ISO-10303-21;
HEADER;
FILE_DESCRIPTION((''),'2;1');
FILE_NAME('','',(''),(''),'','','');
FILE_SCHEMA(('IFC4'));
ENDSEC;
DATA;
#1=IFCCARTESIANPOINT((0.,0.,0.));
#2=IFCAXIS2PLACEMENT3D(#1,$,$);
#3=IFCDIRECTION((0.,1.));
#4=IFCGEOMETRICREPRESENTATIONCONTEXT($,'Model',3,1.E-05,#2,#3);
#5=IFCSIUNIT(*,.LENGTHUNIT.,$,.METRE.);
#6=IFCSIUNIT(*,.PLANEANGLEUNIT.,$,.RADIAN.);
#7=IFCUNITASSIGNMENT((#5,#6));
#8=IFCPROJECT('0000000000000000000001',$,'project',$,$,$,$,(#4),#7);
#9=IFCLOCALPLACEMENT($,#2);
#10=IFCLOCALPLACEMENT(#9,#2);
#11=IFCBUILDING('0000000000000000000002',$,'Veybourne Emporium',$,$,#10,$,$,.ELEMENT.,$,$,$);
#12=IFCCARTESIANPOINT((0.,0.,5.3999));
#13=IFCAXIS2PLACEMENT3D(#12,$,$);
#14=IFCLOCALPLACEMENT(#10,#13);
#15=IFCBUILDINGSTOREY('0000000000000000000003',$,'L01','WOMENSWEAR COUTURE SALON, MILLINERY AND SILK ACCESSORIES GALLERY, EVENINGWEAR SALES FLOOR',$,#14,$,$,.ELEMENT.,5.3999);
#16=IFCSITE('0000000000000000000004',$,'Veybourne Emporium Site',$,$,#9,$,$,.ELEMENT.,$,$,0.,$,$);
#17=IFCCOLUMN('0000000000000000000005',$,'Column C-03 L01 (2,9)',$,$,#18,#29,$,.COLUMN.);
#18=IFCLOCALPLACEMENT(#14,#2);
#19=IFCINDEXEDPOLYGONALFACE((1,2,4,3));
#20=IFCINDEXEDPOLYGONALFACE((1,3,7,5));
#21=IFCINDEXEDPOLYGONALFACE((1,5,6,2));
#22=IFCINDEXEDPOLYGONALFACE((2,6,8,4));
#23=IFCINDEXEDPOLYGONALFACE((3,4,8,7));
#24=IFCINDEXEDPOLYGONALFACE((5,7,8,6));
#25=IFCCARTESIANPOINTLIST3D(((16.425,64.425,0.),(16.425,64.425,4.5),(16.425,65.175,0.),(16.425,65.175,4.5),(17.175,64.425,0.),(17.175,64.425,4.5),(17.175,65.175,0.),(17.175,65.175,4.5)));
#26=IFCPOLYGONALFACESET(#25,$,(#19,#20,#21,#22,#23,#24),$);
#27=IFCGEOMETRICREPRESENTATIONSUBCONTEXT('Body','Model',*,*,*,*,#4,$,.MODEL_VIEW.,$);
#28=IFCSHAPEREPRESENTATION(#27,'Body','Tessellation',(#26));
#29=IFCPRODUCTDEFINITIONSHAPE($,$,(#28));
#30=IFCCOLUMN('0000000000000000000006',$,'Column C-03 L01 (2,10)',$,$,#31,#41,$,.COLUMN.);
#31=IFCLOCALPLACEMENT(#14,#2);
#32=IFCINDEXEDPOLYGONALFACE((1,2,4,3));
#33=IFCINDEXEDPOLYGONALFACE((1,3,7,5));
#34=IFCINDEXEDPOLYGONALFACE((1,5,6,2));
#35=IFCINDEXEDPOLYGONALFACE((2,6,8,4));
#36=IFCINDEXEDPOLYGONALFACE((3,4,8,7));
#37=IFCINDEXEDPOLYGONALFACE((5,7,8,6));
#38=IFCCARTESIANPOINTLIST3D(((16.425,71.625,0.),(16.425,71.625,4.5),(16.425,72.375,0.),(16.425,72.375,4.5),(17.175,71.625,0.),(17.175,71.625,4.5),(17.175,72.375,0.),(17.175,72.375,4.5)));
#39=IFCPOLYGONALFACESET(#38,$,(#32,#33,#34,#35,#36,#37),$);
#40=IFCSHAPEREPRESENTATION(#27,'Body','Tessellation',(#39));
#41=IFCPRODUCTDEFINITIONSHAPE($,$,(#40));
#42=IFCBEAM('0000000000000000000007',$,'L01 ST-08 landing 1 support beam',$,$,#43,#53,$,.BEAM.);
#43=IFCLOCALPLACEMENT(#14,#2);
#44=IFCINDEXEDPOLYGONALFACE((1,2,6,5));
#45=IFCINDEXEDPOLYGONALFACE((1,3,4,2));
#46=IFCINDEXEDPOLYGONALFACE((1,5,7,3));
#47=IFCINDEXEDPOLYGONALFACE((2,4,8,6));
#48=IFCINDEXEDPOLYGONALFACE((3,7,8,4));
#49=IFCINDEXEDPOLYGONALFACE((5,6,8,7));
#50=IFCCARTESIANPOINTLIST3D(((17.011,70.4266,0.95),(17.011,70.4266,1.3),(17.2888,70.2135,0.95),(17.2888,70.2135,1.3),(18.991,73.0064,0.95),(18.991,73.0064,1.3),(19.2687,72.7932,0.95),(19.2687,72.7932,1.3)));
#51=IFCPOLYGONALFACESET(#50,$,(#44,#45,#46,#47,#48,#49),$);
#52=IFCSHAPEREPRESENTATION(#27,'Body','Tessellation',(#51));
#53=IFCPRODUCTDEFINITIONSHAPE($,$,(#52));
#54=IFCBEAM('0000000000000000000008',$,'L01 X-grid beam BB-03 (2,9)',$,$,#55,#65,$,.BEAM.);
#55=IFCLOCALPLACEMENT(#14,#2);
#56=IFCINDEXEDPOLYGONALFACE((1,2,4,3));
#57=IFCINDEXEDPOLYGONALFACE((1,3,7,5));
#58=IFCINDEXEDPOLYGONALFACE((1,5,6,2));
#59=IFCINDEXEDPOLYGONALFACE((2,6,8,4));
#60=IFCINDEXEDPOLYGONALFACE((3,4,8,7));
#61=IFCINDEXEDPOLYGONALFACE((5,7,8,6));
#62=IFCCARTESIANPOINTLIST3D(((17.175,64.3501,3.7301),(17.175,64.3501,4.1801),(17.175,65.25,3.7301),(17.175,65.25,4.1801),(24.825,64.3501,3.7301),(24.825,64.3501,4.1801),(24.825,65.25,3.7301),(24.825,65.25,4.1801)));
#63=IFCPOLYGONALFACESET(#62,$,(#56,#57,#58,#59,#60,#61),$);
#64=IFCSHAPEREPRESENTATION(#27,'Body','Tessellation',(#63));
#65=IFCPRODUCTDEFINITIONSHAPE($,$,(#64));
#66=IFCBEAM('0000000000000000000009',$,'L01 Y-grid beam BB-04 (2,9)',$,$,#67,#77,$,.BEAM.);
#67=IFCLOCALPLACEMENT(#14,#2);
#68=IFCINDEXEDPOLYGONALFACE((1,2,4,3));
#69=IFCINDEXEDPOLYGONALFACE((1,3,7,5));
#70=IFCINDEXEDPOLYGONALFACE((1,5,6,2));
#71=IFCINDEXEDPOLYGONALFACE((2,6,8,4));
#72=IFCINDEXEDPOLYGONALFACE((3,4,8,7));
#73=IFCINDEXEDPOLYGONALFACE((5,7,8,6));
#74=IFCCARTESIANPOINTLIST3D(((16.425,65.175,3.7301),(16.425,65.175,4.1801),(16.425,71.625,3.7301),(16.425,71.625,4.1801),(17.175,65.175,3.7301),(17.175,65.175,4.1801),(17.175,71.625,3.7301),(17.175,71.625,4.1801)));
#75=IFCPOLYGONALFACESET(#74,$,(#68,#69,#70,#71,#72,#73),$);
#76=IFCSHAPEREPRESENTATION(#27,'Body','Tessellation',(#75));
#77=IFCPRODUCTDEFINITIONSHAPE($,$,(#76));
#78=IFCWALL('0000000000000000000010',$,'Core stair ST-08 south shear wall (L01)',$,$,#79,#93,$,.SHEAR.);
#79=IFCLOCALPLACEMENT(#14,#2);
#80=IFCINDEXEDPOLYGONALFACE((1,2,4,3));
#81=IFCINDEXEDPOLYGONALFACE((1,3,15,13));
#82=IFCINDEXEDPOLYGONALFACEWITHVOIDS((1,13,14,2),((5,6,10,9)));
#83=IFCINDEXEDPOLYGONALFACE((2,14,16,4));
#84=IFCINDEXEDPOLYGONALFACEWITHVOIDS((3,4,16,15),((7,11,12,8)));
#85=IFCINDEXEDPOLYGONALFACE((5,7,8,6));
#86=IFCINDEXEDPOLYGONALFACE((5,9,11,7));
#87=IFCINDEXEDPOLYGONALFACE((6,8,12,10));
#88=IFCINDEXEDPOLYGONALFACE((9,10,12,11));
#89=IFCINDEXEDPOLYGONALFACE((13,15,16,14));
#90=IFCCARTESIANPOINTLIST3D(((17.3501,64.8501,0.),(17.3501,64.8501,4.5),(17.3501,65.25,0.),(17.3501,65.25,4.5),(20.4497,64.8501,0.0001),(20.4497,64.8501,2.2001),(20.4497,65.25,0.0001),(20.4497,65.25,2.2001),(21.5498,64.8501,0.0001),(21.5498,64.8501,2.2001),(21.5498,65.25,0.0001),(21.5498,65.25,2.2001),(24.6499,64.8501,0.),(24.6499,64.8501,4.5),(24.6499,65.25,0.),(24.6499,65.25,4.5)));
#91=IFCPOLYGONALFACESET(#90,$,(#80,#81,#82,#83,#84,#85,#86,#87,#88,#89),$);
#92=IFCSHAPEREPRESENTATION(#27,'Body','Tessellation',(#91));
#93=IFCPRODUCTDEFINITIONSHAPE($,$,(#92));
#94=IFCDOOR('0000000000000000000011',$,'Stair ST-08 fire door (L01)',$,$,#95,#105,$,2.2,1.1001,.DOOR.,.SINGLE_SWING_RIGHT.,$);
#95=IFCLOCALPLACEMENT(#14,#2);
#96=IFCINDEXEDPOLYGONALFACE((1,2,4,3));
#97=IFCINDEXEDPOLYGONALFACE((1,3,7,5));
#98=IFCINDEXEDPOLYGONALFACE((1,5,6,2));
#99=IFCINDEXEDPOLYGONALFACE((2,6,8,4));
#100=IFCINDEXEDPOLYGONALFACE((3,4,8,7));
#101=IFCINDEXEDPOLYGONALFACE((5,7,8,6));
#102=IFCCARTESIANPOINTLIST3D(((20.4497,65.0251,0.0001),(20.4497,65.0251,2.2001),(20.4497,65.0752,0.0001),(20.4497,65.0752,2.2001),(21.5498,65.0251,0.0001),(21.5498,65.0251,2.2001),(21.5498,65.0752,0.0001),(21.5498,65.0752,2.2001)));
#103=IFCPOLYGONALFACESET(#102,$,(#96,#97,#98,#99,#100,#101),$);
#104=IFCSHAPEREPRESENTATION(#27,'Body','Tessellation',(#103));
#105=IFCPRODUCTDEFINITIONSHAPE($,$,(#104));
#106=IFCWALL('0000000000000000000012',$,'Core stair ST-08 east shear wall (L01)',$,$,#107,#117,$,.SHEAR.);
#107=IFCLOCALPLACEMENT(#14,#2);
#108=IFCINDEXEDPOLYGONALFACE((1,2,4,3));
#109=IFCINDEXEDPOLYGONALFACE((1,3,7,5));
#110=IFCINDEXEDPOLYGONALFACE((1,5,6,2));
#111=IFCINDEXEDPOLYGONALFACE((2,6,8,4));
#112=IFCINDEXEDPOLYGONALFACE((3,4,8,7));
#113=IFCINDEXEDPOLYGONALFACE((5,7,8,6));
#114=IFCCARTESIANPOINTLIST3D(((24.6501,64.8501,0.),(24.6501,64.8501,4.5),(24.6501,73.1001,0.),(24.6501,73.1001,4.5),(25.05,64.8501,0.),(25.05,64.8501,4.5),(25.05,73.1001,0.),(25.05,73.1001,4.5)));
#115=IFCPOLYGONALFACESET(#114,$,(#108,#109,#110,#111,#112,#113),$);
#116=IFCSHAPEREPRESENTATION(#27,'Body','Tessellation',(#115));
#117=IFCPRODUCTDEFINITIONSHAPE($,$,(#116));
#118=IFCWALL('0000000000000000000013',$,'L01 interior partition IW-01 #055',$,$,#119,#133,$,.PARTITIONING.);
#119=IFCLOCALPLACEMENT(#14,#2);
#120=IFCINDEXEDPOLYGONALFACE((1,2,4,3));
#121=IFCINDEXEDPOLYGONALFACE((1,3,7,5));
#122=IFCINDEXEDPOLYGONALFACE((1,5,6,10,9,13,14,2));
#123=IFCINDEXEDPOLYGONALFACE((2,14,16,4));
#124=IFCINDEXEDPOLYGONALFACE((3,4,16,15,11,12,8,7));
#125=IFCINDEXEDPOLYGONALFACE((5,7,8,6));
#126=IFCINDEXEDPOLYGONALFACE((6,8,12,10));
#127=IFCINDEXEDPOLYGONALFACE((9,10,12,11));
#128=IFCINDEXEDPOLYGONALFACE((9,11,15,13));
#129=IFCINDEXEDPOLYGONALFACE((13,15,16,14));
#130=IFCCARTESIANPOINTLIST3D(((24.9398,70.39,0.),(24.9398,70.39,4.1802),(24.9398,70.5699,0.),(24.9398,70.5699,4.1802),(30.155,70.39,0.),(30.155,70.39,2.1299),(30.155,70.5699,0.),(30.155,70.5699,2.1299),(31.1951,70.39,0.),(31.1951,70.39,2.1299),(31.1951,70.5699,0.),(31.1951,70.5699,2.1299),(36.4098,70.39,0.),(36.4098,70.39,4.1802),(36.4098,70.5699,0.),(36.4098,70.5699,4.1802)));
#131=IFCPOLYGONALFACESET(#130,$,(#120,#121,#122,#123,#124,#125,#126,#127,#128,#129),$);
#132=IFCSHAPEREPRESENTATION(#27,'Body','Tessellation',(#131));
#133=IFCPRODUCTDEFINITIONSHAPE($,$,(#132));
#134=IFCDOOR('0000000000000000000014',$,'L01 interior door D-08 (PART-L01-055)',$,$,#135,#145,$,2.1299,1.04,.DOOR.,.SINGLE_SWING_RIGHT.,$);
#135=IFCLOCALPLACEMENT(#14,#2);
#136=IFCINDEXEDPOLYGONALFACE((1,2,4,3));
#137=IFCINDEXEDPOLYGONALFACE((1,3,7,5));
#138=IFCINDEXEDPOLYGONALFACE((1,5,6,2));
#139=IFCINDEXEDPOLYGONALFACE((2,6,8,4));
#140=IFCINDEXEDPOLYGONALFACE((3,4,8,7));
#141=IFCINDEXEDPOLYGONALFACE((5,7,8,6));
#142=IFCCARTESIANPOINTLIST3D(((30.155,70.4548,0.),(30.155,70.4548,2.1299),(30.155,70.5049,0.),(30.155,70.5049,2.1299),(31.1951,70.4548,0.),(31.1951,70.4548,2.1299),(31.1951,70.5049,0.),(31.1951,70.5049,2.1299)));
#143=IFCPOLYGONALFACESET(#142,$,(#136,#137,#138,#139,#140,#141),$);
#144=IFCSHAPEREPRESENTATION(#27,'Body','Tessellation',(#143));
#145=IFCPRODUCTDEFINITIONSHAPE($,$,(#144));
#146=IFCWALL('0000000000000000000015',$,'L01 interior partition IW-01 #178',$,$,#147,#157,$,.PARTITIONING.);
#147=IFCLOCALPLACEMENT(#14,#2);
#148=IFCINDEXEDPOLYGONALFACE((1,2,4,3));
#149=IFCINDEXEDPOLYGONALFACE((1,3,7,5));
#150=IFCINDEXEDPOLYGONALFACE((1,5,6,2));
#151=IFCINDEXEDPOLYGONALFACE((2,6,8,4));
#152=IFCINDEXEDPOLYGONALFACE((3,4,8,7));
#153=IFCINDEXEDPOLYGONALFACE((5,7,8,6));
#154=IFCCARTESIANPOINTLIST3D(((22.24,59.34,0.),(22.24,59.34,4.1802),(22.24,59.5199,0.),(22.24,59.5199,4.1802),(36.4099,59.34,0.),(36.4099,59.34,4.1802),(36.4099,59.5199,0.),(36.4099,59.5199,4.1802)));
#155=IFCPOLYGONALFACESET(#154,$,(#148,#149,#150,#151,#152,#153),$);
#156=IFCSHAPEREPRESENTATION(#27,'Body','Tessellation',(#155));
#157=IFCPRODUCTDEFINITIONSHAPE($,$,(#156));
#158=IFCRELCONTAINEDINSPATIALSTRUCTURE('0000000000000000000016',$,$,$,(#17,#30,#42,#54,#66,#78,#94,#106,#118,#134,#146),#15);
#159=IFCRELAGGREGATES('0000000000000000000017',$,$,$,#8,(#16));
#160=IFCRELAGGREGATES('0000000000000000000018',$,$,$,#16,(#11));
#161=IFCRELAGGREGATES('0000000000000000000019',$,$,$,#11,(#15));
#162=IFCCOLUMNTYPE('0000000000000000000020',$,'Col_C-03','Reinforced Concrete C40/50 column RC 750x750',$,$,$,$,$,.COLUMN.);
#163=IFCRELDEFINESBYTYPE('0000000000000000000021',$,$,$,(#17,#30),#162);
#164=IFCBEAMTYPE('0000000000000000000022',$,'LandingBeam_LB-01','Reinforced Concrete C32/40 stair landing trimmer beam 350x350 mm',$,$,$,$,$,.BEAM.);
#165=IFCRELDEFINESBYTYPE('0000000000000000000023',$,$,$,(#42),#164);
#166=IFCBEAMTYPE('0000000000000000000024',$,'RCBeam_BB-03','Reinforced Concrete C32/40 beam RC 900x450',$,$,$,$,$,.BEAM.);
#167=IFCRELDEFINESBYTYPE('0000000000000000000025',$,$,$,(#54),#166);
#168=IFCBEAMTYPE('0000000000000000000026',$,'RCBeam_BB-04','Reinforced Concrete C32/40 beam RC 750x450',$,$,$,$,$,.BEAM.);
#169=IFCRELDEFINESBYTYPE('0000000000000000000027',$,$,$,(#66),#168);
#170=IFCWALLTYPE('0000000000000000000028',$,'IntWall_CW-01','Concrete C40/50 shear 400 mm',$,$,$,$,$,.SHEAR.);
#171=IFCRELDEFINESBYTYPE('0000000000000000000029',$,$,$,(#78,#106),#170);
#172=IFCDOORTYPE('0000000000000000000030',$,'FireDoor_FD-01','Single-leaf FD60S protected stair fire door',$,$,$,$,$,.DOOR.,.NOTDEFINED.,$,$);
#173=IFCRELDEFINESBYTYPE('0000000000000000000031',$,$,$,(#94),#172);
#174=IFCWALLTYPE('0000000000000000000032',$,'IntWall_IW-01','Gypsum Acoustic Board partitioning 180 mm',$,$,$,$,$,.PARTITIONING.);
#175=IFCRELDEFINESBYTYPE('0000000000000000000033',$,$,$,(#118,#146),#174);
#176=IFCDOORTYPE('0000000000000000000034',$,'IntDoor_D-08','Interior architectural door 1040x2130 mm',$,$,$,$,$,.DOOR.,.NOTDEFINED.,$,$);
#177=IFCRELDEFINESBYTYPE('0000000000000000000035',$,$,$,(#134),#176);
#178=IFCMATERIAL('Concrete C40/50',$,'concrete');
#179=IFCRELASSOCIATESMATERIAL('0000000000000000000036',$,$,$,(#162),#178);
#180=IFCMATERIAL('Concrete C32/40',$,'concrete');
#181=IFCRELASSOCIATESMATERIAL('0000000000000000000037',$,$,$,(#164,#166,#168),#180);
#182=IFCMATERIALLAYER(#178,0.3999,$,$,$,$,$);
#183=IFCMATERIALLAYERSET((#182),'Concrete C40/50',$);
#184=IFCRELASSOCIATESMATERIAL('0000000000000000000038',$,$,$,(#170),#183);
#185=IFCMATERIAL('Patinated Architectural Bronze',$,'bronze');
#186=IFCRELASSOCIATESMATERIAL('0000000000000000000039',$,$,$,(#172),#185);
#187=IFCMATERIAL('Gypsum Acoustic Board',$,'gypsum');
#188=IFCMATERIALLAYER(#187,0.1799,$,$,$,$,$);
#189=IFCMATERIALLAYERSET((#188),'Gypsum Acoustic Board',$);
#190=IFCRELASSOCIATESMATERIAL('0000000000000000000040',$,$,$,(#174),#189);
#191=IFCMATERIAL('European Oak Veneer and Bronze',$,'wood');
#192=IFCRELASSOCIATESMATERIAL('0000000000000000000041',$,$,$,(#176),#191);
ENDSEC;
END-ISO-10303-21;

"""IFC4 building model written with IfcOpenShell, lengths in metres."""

from ifc_helpers import new_model, si_unit, direction, frame, frame_2d, origin, origin_2d, place, context, subcontext, project, spatial, rectangle, extrude, material, layer, layer_set, material_profile, profile_set, type_object, element, fill, save


model = new_model("IFC4")

# Units and contexts
model_context = context("Model", 3, precision=1e-05, world=origin(), true_north=direction((0.0, 1.0)))
body_context = subcontext(model_context, "Body", "Model", "MODEL_VIEW")
ifc_project = project(units=[si_unit("LENGTHUNIT", "METRE"), si_unit("PLANEANGLEUNIT", "RADIAN")], contexts=[model_context])

# Site, building, storey
site_placement = place(None, origin())
site = spatial("IfcSite", under=ifc_project, at=site_placement, Name="Veybourne Emporium Site", CompositionType="ELEMENT", RefElevation=0.0)
building_placement = place(site_placement, origin())
building = spatial("IfcBuilding", under=site, at=building_placement, Name="Veybourne Emporium", CompositionType="ELEMENT")
storey_placement = place(building_placement, frame((0.0, 0.0, 5.3999)))
storey = spatial("IfcBuildingStorey", under=building, at=storey_placement, Name="L01", Description="WOMENSWEAR COUTURE SALON, MILLINERY AND SILK ACCESSORIES GALLERY, EVENINGWEAR SALES FLOOR", CompositionType="ELEMENT", Elevation=5.3999)

# Columns
ifc_material_1 = material(Name="Concrete C40/50", Category="concrete")
ifc_material_profile_1 = material_profile(ifc_material_1, rectangle(XDim=0.75, YDim=0.75, at=origin_2d()), Name="RC 750x750")
ifc_profile_set_1 = profile_set([ifc_material_profile_1], Name="Concrete C40/50")
column_type = type_object("IfcColumnType", Name="Col_C-03", Description="Reinforced Concrete C40/50 column RC 750x750", PredefinedType="COLUMN", material=ifc_profile_set_1)
for number, where, z_axis, x_axis, name in (
    (1, (16.8, 64.8, 0.0), (0.0, 0.0, 1.0), (1.0, 0.0, 0.0), "Column C-03 L01 (2,9)"),
    (2, (16.8, 72.0, 0.0), (0.0, 0.0, 1.0), (1.0, 0.0, 0.0), "Column C-03 L01 (2,10)"),
):
    element("IfcColumn", number, at=place(storey_placement, frame(where, z_axis=z_axis, x_axis=x_axis)), inside=storey, type_object=column_type, Name=name, PredefinedType="COLUMN", context=body_context, shape_type="SweptSolid", body=[
        extrude(rectangle(XDim=0.75, YDim=0.75, at=origin_2d()), origin(), (0.0, 0.0, 1.0), 4.5),
    ])

# Beams
ifc_material_2 = material(Name="Concrete C32/40", Category="concrete")
ifc_material_profile_2 = material_profile(ifc_material_2, rectangle(XDim=0.3501, YDim=0.3501, at=origin_2d()), Name="RC 350x350")
ifc_profile_set_2 = profile_set([ifc_material_profile_2], Name="Concrete C32/40")
beam_type_1 = type_object("IfcBeamType", Name="LandingBeam_LB-01", Description="Reinforced Concrete C32/40 stair landing trimmer beam 350x350 mm", PredefinedType="BEAM", material=ifc_profile_set_2)
beam_1_placement = place(storey_placement, frame((17.1499, 70.3201, 1.125), z_axis=(0.60884, 0.793293, 0.0), x_axis=(-0.793293, 0.60884, 0.0)))
element("IfcBeam", 3, at=beam_1_placement, inside=storey, type_object=beam_type_1, Name="L01 ST-08 landing 1 support beam", PredefinedType="BEAM", context=body_context, shape_type="SweptSolid", body=[
    extrude(rectangle(XDim=0.3501, YDim=0.3501, at=origin_2d()), origin(), (0.0, 0.0, 1.0), 3.252),
])
ifc_material_profile_3 = material_profile(ifc_material_2, rectangle(XDim=0.8999, YDim=0.45, at=origin_2d()), Name="RC 900x450")
ifc_profile_set_3 = profile_set([ifc_material_profile_3], Name="Concrete C32/40")
beam_type_2 = type_object("IfcBeamType", Name="RCBeam_BB-03", Description="Reinforced Concrete C32/40 beam RC 900x450", PredefinedType="BEAM", material=ifc_profile_set_3)
beam_2_placement = place(storey_placement, frame((17.175, 64.8, 3.9551), z_axis=(1.0, 0.0, 0.0), x_axis=(0.0, 1.0, 0.0)))
element("IfcBeam", 4, at=beam_2_placement, inside=storey, type_object=beam_type_2, Name="L01 X-grid beam BB-03 (2,9)", PredefinedType="BEAM", context=body_context, shape_type="SweptSolid", body=[
    extrude(rectangle(XDim=0.8999, YDim=0.45, at=origin_2d()), origin(), (0.0, 0.0, 1.0), 7.6499),
])
ifc_material_profile_4 = material_profile(ifc_material_2, rectangle(XDim=0.75, YDim=0.45, at=origin_2d()), Name="RC 750x450")
ifc_profile_set_4 = profile_set([ifc_material_profile_4], Name="Concrete C32/40")
beam_type_3 = type_object("IfcBeamType", Name="RCBeam_BB-04", Description="Reinforced Concrete C32/40 beam RC 750x450", PredefinedType="BEAM", material=ifc_profile_set_4)
beam_3_placement = place(storey_placement, frame((16.8, 65.175, 3.9551), z_axis=(0.0, 1.0, 0.0), x_axis=(-1.0, 0.0, 0.0)))
element("IfcBeam", 5, at=beam_3_placement, inside=storey, type_object=beam_type_3, Name="L01 Y-grid beam BB-04 (2,9)", PredefinedType="BEAM", context=body_context, shape_type="SweptSolid", body=[
    extrude(rectangle(XDim=0.75, YDim=0.45, at=origin_2d()), origin(), (0.0, 0.0, 1.0), 6.45),
])

# Wall, opening, door
ifc_layer_1 = layer(ifc_material_1, 0.3999)
ifc_layer_set_1 = layer_set([ifc_layer_1], Name="Concrete C40/50")
wall_type_1 = type_object("IfcWallType", Name="IntWall_CW-01", Description="Concrete C40/50 shear 400 mm", PredefinedType="SHEAR", material=ifc_layer_set_1)
wall_1_placement = place(storey_placement, frame((24.6499, 65.05, 0.0), z_axis=(0.0, 0.0, 1.0), x_axis=(-1.0, 0.0, 0.0)))
wall_1 = element("IfcWall", 6, at=wall_1_placement, inside=storey, type_object=wall_type_1, Name="Core stair ST-08 south shear wall (L01)", PredefinedType="SHEAR", context=body_context, shape_type="SweptSolid", body=[
    extrude(rectangle(XDim=7.2998, YDim=0.3999, at=frame_2d((3.6499, 0.0))), origin(), (0.0, 0.0, 1.0), 4.5),
])
opening_1_placement = place(wall_1_placement, frame((3.1001, 0.0, 0.0)))
opening_1 = element("IfcOpeningElement", 7, at=opening_1_placement, cuts=wall_1, PredefinedType="OPENING", context=body_context, shape_type="SweptSolid", body=[
    extrude(rectangle(XDim=1.1001, YDim=2.2, at=frame_2d((0.55, 1.1001))), frame((0.0, 0.22, 0.0), z_axis=(0.0, -1.0, 0.0), x_axis=(1.0, 0.0, 0.0)), (0.0, 0.0, 1.0), 0.4399),
])
ifc_material_3 = material(Name="Patinated Architectural Bronze", Category="bronze")
door_type_1 = type_object("IfcDoorType", Name="FireDoor_FD-01", Description="Single-leaf FD60S protected stair fire door", OperationType="NOTDEFINED", PredefinedType="DOOR", material=ifc_material_3)
door_1_placement = place(opening_1_placement, origin())
door_1 = element("IfcDoor", 8, at=door_1_placement, inside=storey, type_object=door_type_1, Name="Stair ST-08 fire door (L01)", OperationType="SINGLE_SWING_RIGHT", OverallHeight=2.2, OverallWidth=1.1001, PredefinedType="DOOR", context=body_context, shape_type="SweptSolid", body=[
    extrude(rectangle(XDim=1.1001, YDim=2.2, at=frame_2d((0.55, 1.1001))), frame((0.0, 0.0249, 0.0), z_axis=(0.0, -1.0, 0.0), x_axis=(1.0, 0.0, 0.0)), (0.0, 0.0, 1.0), 0.05),
])
fill(opening_1, door_1)

# Wall
wall_2_placement = place(storey_placement, frame((24.8501, 64.8501, 0.0), z_axis=(0.0, 0.0, 1.0), x_axis=(0.0, 1.0, 0.0)))
element("IfcWall", 9, at=wall_2_placement, inside=storey, type_object=wall_type_1, Name="Core stair ST-08 east shear wall (L01)", PredefinedType="SHEAR", context=body_context, shape_type="SweptSolid", body=[
    extrude(rectangle(XDim=8.25, YDim=0.3999, at=frame_2d((4.125, 0.0))), origin(), (0.0, 0.0, 1.0), 4.5),
])

# Wall, opening, door
ifc_material_4 = material(Name="Gypsum Acoustic Board", Category="gypsum")
ifc_layer_2 = layer(ifc_material_4, 0.1799)
ifc_layer_set_2 = layer_set([ifc_layer_2], Name="Gypsum Acoustic Board")
wall_type_2 = type_object("IfcWallType", Name="IntWall_IW-01", Description="Gypsum Acoustic Board partitioning 180 mm", PredefinedType="PARTITIONING", material=ifc_layer_set_2)
wall_3_placement = place(storey_placement, frame((24.9399, 70.48, 0.0), z_axis=(0.0, 0.0, 1.0), x_axis=(1.0, 0.0, 0.0)))
wall_3 = element("IfcWall", 10, at=wall_3_placement, inside=storey, type_object=wall_type_2, Name="L01 interior partition IW-01 #055", PredefinedType="PARTITIONING", context=body_context, shape_type="SweptSolid", body=[
    extrude(rectangle(XDim=11.47, YDim=0.1799, at=frame_2d((5.7349, 0.0))), origin(), (0.0, 0.0, 1.0), 4.1802),
])
opening_2_placement = place(wall_3_placement, frame((5.2151, 0.0, 0.0)))
opening_2 = element("IfcOpeningElement", 11, at=opening_2_placement, cuts=wall_3, PredefinedType="OPENING", context=body_context, shape_type="SweptSolid", body=[
    extrude(rectangle(XDim=1.04, YDim=2.1299, at=frame_2d((0.52, 1.0649))), frame((0.0, 0.1099, 0.0), z_axis=(0.0, -1.0, 0.0), x_axis=(1.0, 0.0, 0.0)), (0.0, 0.0, 1.0), 0.22),
])
ifc_material_5 = material(Name="European Oak Veneer and Bronze", Category="wood")
door_type_2 = type_object("IfcDoorType", Name="IntDoor_D-08", Description="Interior architectural door 1040x2130 mm", OperationType="NOTDEFINED", PredefinedType="DOOR", material=ifc_material_5)
door_2_placement = place(opening_2_placement, origin())
door_2 = element("IfcDoor", 12, at=door_2_placement, inside=storey, type_object=door_type_2, Name="L01 interior door D-08 (PART-L01-055)", OperationType="SINGLE_SWING_RIGHT", OverallHeight=2.1299, OverallWidth=1.04, PredefinedType="DOOR", context=body_context, shape_type="SweptSolid", body=[
    extrude(rectangle(XDim=1.04, YDim=2.1299, at=frame_2d((0.52, 1.0649))), frame((0.0, 0.0249, 0.0), z_axis=(0.0, -1.0, 0.0), x_axis=(1.0, 0.0, 0.0)), (0.0, 0.0, 1.0), 0.05),
])
fill(opening_2, door_2)

# Wall
wall_4_placement = place(storey_placement, frame((22.24, 59.4299, 0.0), z_axis=(0.0, 0.0, 1.0), x_axis=(1.0, 0.0, 0.0)))
element("IfcWall", 13, at=wall_4_placement, inside=storey, type_object=wall_type_2, Name="L01 interior partition IW-01 #178", PredefinedType="PARTITIONING", context=body_context, shape_type="SweptSolid", body=[
    extrude(rectangle(XDim=14.1699, YDim=0.1799, at=frame_2d((7.085, 0.0))), origin(), (0.0, 0.0, 1.0), 4.1802),
])

save(model, "model.ifc")
